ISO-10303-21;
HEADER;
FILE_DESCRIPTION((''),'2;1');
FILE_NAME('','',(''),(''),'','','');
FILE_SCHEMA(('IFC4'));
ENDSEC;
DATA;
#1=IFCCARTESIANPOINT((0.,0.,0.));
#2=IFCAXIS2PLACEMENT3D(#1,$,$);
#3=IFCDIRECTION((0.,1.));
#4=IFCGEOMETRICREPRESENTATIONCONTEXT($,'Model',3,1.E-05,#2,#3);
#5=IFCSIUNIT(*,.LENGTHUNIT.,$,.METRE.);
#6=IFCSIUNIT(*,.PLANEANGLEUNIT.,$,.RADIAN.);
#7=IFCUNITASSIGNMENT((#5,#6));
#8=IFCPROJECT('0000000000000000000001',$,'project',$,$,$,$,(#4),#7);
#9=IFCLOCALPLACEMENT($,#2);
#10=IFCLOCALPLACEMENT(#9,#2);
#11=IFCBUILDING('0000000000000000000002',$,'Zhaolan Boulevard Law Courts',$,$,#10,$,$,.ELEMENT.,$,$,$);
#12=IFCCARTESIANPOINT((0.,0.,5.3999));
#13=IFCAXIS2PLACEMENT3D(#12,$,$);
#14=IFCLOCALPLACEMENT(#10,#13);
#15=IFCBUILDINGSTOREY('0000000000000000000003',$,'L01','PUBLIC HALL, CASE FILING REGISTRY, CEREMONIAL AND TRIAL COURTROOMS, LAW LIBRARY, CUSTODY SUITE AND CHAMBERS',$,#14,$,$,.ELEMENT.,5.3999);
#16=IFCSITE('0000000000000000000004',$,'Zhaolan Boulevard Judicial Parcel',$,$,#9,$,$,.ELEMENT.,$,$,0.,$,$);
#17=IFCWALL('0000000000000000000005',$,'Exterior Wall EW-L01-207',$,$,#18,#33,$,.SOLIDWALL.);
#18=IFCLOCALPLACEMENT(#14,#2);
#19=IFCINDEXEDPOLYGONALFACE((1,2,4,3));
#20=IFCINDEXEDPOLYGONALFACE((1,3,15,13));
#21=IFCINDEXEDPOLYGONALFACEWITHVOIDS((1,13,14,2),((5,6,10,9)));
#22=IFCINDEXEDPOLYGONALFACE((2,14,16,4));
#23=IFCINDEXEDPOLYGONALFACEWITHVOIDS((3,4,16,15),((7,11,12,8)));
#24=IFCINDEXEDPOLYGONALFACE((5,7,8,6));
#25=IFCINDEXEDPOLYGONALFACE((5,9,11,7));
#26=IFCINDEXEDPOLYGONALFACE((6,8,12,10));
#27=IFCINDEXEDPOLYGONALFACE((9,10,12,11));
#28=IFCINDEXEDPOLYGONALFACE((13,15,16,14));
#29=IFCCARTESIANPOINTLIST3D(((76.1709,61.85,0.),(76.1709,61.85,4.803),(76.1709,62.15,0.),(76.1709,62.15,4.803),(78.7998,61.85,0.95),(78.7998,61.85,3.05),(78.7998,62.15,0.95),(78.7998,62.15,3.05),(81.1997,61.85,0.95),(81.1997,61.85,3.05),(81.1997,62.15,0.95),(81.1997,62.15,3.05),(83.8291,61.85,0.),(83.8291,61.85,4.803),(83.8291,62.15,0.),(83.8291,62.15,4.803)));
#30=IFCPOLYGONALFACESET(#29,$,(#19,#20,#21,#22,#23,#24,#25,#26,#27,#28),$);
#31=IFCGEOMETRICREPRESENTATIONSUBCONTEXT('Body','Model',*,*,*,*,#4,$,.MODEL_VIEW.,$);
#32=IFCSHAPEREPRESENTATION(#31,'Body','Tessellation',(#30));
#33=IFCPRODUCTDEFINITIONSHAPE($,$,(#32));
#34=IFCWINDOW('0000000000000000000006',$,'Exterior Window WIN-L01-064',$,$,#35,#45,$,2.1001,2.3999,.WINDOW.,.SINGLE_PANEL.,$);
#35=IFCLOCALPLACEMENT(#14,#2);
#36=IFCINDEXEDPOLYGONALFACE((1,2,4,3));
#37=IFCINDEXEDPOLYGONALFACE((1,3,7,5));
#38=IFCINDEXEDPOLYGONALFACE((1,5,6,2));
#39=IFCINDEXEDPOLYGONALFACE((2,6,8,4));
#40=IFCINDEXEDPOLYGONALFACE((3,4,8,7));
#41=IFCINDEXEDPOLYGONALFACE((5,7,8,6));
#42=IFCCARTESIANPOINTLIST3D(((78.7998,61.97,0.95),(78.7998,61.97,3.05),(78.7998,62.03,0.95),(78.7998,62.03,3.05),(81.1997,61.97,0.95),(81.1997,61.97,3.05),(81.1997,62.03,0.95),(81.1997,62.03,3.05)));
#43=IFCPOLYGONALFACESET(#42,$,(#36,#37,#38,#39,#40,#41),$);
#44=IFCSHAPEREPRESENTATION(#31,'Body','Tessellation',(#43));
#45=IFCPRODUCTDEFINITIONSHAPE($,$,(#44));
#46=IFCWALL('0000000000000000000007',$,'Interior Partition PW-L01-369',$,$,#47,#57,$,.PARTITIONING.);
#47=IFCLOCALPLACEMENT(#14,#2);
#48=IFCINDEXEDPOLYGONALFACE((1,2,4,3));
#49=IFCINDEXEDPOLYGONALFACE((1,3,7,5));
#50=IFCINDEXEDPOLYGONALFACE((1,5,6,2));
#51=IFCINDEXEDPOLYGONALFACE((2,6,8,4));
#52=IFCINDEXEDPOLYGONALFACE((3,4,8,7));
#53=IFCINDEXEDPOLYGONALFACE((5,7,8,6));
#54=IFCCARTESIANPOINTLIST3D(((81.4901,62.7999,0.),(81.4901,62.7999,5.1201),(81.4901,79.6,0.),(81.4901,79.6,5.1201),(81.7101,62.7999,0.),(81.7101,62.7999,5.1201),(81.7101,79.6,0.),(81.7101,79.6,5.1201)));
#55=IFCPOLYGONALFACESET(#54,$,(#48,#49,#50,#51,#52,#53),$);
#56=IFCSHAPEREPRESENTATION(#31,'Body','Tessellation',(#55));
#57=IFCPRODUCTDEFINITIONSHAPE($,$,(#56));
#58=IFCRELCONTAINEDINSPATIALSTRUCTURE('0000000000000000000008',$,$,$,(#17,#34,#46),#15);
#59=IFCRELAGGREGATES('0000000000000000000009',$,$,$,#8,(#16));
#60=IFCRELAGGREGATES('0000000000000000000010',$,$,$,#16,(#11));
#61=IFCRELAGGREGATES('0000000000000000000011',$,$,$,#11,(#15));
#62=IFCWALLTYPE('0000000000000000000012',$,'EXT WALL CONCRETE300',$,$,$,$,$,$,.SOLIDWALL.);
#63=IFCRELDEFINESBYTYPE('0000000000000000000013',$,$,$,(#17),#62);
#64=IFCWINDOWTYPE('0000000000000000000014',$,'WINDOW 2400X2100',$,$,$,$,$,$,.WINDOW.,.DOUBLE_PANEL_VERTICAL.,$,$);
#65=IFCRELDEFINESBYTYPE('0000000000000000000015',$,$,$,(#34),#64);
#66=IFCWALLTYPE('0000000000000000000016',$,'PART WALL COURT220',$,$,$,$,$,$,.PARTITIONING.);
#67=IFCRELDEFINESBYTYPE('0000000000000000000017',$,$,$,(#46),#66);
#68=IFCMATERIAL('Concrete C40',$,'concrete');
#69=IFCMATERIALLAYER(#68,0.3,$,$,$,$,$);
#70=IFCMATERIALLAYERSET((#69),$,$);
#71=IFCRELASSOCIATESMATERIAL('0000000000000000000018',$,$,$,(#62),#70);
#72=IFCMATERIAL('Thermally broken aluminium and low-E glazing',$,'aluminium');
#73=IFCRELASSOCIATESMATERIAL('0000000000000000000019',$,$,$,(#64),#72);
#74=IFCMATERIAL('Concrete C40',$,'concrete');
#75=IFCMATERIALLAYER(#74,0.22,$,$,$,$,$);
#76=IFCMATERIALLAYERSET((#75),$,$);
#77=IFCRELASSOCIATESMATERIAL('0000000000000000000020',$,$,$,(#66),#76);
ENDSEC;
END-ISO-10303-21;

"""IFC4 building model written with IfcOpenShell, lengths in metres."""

from ifc_helpers import new_model, si_unit, direction, frame, frame_2d, origin, place, context, subcontext, project, spatial, rectangle, extrude, material, layer, layer_set, type_object, element, fill, save


model = new_model("IFC4")

# Units and contexts
model_context = context("Model", 3, precision=1e-05, world=origin(), true_north=direction((0.0, 1.0)))
body_context = subcontext(model_context, "Body", "Model", "MODEL_VIEW")
ifc_project = project(units=[si_unit("LENGTHUNIT", "METRE"), si_unit("PLANEANGLEUNIT", "RADIAN")], contexts=[model_context])

# Site, building, storey
site_placement = place(None, origin())
site = spatial("IfcSite", under=ifc_project, at=site_placement, Name="Zhaolan Boulevard Judicial Parcel", CompositionType="ELEMENT", RefElevation=0.0)
building_placement = place(site_placement, origin())
building = spatial("IfcBuilding", under=site, at=building_placement, Name="Zhaolan Boulevard Law Courts", CompositionType="ELEMENT")
storey_placement = place(building_placement, frame((0.0, 0.0, 5.3999)))
storey = spatial("IfcBuildingStorey", under=building, at=storey_placement, Name="L01", Description="PUBLIC HALL, CASE FILING REGISTRY, CEREMONIAL AND TRIAL COURTROOMS, LAW LIBRARY, CUSTODY SUITE AND CHAMBERS", CompositionType="ELEMENT", Elevation=5.3999)

# Wall, opening, window
ifc_material_1 = material(Name="Concrete C40", Category="concrete")
ifc_layer_1 = layer(ifc_material_1, 0.3)
ifc_layer_set_1 = layer_set([ifc_layer_1])
wall_type_1 = type_object("IfcWallType", Name="EXT WALL CONCRETE300", PredefinedType="SOLIDWALL", material=ifc_layer_set_1)
wall_1_placement = place(storey_placement, frame((76.1709, 62.0, 0.0), z_axis=(0.0, 0.0, 1.0), x_axis=(1.0, 0.0, 0.0)))
wall_1 = element("IfcWall", 1, at=wall_1_placement, inside=storey, type_object=wall_type_1, Name="Exterior Wall EW-L01-207", PredefinedType="SOLIDWALL", context=body_context, shape_type="SweptSolid", body=[
    extrude(rectangle(XDim=7.6582, YDim=0.3, at=frame_2d((3.8291, 0.0))), origin(), (0.0, 0.0, 1.0), 4.803),
])
opening_placement = place(wall_1_placement, frame((2.6289, 0.0, 0.95)))
opening = element("IfcOpeningElement", 2, at=opening_placement, cuts=wall_1, PredefinedType="OPENING", context=body_context, shape_type="SweptSolid", body=[
    extrude(rectangle(XDim=2.3999, YDim=2.1001, at=frame_2d((1.2, 1.05))), frame((0.0, 0.1599, 0.0), z_axis=(0.0, -1.0, 0.0), x_axis=(1.0, 0.0, 0.0)), (0.0, 0.0, 1.0), 0.3201),
])
ifc_material_2 = material(Name="Thermally broken aluminium and low-E glazing", Category="aluminium")
window_type = type_object("IfcWindowType", Name="WINDOW 2400X2100", PartitioningType="DOUBLE_PANEL_VERTICAL", PredefinedType="WINDOW", material=ifc_material_2)
window_placement = place(opening_placement, origin())
window = element("IfcWindow", 3, at=window_placement, inside=storey, type_object=window_type, Name="Exterior Window WIN-L01-064", OverallHeight=2.1001, OverallWidth=2.3999, PartitioningType="SINGLE_PANEL", PredefinedType="WINDOW", context=body_context, shape_type="SweptSolid", body=[
    extrude(rectangle(XDim=2.3999, YDim=2.1001, at=frame_2d((1.2, 1.05))), frame((0.0, 0.03, 0.0), z_axis=(0.0, -1.0, 0.0), x_axis=(1.0, 0.0, 0.0)), (0.0, 0.0, 1.0), 0.0601),
])
fill(opening, window)

# Wall
ifc_material_3 = material(Name="Concrete C40", Category="concrete")
ifc_layer_2 = layer(ifc_material_3, 0.22)
ifc_layer_set_2 = layer_set([ifc_layer_2])
wall_type_2 = type_object("IfcWallType", Name="PART WALL COURT220", PredefinedType="PARTITIONING", material=ifc_layer_set_2)
wall_2_placement = place(storey_placement, frame((81.6001, 62.8, 0.0), z_axis=(0.0, 0.0, 1.0), x_axis=(0.0, 1.0, 0.0)))
element("IfcWall", 4, at=wall_2_placement, inside=storey, type_object=wall_type_2, Name="Interior Partition PW-L01-369", PredefinedType="PARTITIONING", context=body_context, shape_type="SweptSolid", body=[
    extrude(rectangle(XDim=16.8, YDim=0.22, at=frame_2d((8.3999, 0.0))), origin(), (0.0, 0.0, 1.0), 5.1201),
])

save(model, "model.ifc")
